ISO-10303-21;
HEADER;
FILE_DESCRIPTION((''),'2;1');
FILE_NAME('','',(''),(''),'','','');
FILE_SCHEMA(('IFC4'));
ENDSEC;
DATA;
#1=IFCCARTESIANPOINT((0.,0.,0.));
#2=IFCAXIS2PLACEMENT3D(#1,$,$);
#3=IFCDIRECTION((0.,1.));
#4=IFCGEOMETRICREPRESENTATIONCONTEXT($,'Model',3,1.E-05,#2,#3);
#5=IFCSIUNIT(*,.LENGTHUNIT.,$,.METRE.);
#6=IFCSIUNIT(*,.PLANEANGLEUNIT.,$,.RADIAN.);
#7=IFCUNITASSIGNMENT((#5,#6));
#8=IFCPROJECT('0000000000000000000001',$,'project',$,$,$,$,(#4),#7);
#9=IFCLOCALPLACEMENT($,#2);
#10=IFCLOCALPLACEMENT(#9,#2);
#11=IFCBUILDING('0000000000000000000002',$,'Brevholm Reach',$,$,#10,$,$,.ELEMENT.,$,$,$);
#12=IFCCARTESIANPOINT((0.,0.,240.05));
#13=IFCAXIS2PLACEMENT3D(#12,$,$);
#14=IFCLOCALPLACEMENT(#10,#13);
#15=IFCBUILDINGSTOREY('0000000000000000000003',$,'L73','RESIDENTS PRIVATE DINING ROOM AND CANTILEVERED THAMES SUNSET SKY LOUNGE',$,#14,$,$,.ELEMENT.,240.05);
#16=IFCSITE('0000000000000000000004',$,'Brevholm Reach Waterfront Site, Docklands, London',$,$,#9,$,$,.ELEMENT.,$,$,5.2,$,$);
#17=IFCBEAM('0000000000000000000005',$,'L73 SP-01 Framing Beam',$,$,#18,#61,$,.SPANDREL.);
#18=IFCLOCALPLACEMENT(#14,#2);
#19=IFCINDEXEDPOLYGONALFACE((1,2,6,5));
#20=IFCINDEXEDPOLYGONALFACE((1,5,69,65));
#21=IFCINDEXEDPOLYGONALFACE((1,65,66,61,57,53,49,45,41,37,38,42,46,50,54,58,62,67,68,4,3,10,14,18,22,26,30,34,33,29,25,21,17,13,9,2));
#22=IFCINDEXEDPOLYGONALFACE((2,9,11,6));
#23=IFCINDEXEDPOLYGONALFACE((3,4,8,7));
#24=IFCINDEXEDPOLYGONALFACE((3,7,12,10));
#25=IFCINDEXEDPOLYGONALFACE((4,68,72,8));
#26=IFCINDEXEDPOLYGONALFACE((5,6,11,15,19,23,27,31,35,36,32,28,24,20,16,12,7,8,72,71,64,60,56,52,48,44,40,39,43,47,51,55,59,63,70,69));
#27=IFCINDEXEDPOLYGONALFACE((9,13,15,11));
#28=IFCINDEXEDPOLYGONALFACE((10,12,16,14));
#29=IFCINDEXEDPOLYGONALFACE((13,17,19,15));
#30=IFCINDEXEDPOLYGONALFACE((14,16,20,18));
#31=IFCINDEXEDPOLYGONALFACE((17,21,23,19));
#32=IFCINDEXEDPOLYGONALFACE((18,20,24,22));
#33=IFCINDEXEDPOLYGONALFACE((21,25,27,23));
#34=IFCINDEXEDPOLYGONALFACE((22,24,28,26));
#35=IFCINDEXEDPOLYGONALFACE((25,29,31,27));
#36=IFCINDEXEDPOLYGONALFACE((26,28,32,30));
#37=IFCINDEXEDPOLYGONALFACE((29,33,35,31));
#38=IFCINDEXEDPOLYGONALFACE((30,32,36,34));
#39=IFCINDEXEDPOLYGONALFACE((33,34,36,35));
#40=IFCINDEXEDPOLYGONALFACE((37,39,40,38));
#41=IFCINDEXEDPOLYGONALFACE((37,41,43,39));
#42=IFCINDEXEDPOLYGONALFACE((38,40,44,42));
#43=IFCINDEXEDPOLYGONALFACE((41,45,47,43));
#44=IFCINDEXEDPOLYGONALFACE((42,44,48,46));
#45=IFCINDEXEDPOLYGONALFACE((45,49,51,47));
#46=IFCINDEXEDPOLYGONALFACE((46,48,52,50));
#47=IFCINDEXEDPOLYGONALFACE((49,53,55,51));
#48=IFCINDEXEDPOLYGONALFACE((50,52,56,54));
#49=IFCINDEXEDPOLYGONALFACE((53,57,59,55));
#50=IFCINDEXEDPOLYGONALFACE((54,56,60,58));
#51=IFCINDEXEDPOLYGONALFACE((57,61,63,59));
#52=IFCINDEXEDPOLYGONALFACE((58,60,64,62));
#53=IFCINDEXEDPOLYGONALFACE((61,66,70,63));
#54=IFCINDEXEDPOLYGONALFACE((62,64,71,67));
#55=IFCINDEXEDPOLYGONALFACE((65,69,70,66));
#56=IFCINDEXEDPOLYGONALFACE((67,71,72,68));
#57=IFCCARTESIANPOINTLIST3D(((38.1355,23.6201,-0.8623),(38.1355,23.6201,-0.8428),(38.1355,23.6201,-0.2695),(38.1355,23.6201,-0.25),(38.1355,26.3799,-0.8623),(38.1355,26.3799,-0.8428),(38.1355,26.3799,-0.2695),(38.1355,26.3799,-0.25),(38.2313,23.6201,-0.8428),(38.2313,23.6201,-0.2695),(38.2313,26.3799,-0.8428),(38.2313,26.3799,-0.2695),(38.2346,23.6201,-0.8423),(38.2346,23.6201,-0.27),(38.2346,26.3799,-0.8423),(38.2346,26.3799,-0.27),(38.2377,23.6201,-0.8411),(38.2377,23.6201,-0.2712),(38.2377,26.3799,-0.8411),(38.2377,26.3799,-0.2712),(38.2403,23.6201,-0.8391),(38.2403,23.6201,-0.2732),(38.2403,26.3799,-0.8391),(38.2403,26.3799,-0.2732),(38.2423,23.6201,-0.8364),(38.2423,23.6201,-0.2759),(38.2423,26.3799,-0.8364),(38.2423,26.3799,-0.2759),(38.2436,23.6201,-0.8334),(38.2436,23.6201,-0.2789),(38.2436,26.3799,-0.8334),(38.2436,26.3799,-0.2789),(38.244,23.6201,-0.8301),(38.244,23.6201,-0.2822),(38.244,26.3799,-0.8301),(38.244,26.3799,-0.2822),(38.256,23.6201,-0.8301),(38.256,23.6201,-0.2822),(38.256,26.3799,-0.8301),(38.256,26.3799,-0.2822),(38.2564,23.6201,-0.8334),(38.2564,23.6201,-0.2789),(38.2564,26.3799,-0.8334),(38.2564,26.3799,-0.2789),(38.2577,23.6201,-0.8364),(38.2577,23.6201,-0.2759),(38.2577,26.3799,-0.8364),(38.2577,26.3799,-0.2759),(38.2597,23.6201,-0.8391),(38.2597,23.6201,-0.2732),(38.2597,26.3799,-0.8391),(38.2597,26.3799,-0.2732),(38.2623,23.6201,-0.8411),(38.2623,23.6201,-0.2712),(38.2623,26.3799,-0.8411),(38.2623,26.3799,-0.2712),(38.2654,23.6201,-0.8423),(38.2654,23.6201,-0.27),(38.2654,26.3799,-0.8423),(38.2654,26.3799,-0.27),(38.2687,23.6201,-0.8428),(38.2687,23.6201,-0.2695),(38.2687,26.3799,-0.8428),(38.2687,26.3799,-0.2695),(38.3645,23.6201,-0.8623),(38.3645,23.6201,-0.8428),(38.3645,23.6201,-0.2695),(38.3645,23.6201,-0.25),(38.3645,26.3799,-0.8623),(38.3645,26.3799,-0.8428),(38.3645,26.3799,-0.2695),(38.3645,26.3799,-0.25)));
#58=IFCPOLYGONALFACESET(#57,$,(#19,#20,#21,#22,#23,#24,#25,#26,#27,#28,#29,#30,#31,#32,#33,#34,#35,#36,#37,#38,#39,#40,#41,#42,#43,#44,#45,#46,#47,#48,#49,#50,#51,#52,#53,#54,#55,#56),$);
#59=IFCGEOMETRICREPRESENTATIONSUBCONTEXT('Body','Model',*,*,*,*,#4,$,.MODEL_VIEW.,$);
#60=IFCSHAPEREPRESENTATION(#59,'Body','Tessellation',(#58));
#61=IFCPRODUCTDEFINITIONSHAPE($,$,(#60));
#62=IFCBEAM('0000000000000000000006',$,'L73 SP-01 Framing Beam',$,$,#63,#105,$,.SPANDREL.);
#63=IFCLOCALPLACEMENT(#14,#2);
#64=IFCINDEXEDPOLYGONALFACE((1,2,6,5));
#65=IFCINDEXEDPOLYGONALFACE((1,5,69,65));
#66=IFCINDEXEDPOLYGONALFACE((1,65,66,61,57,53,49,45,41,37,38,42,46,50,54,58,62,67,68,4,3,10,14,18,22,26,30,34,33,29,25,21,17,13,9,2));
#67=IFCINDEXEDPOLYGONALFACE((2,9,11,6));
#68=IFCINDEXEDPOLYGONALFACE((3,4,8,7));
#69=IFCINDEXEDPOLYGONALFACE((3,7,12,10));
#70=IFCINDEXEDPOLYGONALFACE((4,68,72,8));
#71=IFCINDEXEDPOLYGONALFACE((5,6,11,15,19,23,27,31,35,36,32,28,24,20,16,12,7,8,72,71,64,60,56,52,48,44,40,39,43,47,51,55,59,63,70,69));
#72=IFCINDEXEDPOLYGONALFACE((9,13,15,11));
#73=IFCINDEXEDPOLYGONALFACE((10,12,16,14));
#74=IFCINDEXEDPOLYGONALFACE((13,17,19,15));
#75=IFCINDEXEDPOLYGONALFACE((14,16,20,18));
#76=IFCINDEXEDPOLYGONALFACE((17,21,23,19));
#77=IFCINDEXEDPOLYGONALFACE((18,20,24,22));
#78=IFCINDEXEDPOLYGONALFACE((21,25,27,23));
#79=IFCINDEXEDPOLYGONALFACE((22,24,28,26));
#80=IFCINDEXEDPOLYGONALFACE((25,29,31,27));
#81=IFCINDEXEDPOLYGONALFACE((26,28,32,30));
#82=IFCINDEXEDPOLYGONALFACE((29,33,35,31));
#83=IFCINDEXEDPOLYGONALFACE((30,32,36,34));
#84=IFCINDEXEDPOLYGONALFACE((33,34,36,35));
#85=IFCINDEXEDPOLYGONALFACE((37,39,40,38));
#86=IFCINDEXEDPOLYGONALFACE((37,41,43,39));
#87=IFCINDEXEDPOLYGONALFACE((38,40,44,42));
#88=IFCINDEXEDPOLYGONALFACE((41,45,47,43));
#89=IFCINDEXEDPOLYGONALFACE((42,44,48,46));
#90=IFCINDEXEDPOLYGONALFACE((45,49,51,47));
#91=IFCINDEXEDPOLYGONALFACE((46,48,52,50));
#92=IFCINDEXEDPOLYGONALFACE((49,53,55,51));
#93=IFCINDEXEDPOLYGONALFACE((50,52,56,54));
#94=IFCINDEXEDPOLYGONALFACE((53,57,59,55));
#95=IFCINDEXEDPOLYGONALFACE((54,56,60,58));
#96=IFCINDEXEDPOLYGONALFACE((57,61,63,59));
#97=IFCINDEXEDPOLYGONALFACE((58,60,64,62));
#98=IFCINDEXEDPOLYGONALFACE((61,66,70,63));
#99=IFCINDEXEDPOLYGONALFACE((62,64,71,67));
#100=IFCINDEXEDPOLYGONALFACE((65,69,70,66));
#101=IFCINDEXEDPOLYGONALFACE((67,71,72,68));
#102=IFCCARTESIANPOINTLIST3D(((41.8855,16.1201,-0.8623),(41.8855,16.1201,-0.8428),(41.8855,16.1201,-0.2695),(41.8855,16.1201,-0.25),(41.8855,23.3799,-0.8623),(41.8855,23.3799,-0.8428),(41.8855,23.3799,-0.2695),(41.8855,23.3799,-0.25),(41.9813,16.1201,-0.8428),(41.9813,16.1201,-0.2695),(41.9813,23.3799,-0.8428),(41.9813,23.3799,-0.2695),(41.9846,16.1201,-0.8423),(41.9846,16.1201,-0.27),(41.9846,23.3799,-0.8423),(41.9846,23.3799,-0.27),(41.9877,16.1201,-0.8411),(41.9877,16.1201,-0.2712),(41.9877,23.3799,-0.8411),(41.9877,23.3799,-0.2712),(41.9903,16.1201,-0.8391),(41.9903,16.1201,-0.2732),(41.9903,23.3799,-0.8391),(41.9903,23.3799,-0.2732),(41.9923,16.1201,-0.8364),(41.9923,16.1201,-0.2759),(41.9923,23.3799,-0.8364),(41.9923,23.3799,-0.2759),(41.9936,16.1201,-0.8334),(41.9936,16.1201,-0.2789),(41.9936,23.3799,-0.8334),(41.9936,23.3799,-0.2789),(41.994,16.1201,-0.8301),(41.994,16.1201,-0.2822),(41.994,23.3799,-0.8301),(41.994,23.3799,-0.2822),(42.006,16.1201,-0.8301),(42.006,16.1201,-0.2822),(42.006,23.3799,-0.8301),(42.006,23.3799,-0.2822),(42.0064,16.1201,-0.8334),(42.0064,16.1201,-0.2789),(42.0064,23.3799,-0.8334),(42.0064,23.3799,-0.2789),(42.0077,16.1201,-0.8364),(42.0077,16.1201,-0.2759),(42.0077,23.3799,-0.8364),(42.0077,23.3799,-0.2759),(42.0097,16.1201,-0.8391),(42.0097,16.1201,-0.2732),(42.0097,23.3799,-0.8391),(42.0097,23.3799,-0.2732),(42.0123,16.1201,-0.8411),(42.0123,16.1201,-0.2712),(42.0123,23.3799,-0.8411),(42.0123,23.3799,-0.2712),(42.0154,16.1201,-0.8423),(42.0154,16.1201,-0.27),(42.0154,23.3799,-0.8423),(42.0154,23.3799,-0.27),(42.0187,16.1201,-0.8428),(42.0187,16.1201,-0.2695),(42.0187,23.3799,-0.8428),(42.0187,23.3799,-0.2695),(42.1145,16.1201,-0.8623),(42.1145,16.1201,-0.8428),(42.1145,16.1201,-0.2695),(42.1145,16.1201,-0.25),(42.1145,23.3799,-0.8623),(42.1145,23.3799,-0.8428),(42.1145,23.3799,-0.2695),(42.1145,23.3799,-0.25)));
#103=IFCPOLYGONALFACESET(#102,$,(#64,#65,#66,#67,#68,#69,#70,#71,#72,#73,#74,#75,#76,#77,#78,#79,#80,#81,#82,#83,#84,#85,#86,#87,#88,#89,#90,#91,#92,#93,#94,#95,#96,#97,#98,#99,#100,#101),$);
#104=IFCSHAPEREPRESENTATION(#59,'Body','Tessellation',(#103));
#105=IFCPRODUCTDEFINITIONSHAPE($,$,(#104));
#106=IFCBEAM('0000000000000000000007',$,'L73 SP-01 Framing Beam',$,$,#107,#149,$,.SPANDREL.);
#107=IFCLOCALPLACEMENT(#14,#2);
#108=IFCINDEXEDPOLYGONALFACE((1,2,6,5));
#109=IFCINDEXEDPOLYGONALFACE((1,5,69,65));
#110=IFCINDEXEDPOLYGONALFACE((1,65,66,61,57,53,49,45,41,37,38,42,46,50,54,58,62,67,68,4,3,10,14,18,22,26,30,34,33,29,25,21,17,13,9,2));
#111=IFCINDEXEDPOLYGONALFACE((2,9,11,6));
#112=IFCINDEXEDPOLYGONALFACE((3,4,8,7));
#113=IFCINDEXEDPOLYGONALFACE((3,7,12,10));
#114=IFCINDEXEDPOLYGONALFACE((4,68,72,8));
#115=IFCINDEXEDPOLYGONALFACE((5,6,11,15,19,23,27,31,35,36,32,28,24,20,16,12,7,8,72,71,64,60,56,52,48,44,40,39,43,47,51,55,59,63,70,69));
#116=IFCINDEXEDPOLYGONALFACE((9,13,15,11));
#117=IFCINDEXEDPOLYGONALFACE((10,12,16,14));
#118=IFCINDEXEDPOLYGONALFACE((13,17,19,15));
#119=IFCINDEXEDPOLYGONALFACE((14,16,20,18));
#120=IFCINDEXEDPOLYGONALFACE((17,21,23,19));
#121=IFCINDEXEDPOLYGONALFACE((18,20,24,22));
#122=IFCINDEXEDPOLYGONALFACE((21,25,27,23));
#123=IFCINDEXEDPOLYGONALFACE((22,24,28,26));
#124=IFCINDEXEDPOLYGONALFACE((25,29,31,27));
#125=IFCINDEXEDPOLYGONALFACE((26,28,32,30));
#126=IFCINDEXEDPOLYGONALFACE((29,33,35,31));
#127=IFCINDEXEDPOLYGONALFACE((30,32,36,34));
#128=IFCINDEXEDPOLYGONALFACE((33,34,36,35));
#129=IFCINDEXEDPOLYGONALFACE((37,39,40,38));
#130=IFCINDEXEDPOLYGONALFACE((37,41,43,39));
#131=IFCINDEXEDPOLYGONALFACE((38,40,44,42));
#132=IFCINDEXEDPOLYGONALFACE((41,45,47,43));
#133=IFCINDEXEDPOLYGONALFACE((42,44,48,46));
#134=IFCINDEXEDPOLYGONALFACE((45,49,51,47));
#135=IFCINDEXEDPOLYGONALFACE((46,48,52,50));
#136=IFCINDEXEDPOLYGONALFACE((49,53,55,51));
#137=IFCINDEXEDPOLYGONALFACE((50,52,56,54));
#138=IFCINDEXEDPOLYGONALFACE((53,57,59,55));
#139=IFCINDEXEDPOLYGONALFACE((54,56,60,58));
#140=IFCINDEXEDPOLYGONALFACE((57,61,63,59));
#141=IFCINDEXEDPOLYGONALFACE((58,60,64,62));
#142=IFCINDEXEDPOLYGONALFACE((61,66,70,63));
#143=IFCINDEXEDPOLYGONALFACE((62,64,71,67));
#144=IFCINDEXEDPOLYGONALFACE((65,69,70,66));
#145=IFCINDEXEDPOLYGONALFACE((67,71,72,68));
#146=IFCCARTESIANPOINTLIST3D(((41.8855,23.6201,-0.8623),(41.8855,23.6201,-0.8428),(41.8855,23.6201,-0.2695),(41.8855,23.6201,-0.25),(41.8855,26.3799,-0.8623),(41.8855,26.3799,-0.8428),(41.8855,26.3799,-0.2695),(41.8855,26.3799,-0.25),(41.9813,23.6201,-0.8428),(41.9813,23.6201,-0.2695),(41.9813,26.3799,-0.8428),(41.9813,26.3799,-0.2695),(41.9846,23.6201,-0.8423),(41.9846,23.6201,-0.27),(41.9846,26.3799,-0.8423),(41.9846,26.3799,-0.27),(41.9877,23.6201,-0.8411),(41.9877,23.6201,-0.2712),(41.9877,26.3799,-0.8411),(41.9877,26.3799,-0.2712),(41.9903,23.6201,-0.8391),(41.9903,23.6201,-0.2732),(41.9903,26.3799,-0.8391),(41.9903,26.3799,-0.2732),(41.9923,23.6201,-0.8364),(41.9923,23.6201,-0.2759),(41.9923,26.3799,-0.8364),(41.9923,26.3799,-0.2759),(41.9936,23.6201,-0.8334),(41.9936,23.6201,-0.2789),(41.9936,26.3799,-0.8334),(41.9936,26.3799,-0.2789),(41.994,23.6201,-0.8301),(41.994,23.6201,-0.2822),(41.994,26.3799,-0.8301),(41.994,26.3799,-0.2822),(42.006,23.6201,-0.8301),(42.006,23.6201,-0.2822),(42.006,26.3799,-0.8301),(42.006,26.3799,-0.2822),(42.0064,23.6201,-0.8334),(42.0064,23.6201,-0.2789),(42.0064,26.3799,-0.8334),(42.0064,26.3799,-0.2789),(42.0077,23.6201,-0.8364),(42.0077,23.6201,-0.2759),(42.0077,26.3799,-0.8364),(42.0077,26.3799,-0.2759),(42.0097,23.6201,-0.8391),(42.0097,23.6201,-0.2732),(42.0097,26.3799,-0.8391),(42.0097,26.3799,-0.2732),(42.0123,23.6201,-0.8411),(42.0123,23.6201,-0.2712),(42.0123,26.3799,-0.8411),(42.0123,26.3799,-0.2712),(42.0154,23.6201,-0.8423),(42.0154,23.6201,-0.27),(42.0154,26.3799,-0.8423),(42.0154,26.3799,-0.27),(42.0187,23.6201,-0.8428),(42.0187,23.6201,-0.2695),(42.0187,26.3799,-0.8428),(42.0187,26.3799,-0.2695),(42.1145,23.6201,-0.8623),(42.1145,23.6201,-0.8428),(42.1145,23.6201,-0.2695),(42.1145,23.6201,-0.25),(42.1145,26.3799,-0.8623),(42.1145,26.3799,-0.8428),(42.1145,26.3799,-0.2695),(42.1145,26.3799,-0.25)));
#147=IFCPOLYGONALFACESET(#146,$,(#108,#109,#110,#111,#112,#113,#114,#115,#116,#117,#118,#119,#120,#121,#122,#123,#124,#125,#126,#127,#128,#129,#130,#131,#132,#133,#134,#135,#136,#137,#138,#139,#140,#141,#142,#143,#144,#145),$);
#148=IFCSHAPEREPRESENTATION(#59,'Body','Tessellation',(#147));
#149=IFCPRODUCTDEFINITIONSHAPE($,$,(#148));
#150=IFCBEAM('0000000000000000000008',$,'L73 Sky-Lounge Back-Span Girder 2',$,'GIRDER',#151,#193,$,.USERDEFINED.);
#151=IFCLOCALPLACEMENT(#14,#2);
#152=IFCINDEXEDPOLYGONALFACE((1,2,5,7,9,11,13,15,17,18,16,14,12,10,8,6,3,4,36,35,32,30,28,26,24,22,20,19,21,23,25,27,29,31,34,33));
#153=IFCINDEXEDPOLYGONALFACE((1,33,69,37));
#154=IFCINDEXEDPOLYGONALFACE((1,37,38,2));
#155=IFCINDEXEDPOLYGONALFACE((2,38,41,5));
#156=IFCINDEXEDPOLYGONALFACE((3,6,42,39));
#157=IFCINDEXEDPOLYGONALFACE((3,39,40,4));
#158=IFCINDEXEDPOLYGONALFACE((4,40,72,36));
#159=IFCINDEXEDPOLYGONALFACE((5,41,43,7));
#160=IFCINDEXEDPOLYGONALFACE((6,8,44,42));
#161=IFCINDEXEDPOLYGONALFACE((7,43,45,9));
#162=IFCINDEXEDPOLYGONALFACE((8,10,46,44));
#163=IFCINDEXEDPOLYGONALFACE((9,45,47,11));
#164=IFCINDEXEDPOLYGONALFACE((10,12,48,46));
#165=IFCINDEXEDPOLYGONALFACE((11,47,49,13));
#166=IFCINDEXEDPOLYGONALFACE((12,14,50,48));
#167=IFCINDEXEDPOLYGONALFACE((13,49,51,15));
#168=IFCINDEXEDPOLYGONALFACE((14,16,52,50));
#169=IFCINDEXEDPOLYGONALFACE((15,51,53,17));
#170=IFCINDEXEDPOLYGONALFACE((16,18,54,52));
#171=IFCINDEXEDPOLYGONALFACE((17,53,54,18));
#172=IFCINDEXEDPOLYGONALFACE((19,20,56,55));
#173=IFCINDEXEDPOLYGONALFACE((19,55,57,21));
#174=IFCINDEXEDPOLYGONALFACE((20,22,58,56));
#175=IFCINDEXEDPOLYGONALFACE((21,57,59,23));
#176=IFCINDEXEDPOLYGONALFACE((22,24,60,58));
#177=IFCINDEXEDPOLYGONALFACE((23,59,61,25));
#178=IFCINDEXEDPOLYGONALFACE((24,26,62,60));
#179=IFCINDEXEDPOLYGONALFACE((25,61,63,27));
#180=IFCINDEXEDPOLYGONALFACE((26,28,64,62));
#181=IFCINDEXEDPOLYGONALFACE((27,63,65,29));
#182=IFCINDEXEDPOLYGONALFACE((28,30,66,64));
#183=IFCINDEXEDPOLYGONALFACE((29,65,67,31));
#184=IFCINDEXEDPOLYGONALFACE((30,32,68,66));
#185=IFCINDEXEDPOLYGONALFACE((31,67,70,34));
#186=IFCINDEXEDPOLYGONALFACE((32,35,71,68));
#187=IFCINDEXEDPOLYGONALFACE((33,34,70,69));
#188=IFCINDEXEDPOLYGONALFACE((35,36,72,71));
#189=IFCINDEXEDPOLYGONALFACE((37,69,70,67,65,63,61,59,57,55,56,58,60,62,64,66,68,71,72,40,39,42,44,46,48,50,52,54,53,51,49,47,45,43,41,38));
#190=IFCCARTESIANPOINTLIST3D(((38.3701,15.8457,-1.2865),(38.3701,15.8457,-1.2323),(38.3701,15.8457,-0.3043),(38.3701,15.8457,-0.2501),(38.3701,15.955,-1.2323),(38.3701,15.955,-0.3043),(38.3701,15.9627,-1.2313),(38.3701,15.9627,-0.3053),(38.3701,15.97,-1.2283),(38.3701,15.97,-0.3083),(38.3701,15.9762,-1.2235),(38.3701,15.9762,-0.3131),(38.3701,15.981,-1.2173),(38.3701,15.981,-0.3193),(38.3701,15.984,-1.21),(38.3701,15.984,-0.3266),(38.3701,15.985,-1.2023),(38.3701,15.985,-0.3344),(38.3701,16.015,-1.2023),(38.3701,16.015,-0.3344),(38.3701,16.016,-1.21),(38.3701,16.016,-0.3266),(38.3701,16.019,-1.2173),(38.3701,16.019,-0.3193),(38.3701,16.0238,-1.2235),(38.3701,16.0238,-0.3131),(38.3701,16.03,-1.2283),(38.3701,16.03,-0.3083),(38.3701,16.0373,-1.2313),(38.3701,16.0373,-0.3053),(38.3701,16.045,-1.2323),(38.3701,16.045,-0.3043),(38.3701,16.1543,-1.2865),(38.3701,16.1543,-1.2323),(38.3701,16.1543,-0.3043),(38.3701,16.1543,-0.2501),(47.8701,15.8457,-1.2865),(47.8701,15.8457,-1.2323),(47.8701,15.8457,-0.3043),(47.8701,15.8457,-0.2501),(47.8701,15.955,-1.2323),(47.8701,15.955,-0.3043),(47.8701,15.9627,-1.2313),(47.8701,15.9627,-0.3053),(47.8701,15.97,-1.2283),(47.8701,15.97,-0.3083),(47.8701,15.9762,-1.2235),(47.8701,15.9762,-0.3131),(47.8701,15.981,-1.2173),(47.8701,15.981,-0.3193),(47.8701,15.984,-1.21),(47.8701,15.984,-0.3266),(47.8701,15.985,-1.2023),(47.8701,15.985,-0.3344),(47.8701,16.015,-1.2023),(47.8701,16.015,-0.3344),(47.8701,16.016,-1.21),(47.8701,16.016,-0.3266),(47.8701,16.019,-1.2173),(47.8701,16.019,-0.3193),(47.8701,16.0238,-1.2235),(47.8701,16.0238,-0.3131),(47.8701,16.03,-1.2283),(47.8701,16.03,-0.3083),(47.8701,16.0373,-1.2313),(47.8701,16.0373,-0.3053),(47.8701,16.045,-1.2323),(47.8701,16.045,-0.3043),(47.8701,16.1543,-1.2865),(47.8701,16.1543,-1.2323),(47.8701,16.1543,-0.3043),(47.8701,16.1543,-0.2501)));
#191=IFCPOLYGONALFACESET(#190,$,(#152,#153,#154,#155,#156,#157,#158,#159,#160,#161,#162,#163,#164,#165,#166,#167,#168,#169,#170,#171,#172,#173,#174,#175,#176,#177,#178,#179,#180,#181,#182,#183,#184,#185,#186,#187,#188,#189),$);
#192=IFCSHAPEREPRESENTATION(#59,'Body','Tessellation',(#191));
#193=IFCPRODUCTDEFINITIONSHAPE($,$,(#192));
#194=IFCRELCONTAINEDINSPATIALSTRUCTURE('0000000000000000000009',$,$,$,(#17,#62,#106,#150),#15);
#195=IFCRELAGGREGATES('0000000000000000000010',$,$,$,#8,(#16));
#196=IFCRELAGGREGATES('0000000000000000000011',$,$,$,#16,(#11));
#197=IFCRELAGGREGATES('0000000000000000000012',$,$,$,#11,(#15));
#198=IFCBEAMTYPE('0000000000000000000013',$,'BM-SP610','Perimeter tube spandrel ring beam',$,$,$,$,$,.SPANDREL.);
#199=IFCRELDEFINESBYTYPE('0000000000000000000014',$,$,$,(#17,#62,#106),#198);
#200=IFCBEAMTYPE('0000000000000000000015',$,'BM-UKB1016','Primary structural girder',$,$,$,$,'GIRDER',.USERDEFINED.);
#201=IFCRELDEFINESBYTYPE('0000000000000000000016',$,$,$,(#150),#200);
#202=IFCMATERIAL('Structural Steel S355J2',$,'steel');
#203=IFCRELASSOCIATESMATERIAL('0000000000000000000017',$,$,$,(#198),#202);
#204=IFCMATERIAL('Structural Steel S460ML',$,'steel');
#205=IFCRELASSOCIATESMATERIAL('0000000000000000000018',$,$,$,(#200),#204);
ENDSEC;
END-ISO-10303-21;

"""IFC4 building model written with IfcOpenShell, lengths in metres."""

from ifc_helpers import new_model, si_unit, direction, frame, origin, origin_2d, place, context, subcontext, project, spatial, i_section, extrude, material, material_profile, profile_set, type_object, element, save


model = new_model("IFC4")

# Units and contexts
model_context = context("Model", 3, precision=1e-05, world=origin(), true_north=direction((0.0, 1.0)))
body_context = subcontext(model_context, "Body", "Model", "MODEL_VIEW")
ifc_project = project(units=[si_unit("LENGTHUNIT", "METRE"), si_unit("PLANEANGLEUNIT", "RADIAN")], contexts=[model_context])

# Site, building, storey
site_placement = place(None, origin())
site = spatial("IfcSite", under=ifc_project, at=site_placement, Name="Brevholm Reach Waterfront Site, Docklands, London", CompositionType="ELEMENT", RefElevation=5.2)
building_placement = place(site_placement, origin())
building = spatial("IfcBuilding", under=site, at=building_placement, Name="Brevholm Reach", CompositionType="ELEMENT")
storey_placement = place(building_placement, frame((0.0, 0.0, 240.05)))
storey = spatial("IfcBuildingStorey", under=building, at=storey_placement, Name="L73", Description="RESIDENTS PRIVATE DINING ROOM AND CANTILEVERED THAMES SUNSET SKY LOUNGE", CompositionType="ELEMENT", Elevation=240.05)

# Beams
ifc_material_1 = material(Name="Structural Steel S355J2", Category="steel")
ifc_material_profile_1 = material_profile(ifc_material_1, i_section(OverallWidth=0.229, OverallDepth=0.6123, WebThickness=0.012, FlangeThickness=0.0195, FilletRadius=0.0127, at=origin_2d()), Name="UKB 610x229x125")
ifc_profile_set_1 = profile_set([ifc_material_profile_1], Name="Structural Steel S355J2")
beam_type_1 = type_object("IfcBeamType", Name="BM-SP610", Description="Perimeter tube spandrel ring beam", PredefinedType="SPANDREL", material=ifc_profile_set_1)
beam_1_placement = place(storey_placement, frame((38.25, 23.6201, -0.5562), z_axis=(0.0, 1.0, 0.0), x_axis=(-1.0, 0.0, 0.0)))
element("IfcBeam", 1, at=beam_1_placement, inside=storey, type_object=beam_type_1, Name="L73 SP-01 Framing Beam", PredefinedType="SPANDREL", context=body_context, shape_type="SweptSolid", body=[
    extrude(i_section(OverallWidth=0.229, OverallDepth=0.6123, WebThickness=0.012, FlangeThickness=0.0195, FilletRadius=0.0127, at=origin_2d()), origin(), (0.0, 0.0, 1.0), 2.7598),
])
beam_2_placement = place(storey_placement, frame((42.0, 16.1201, -0.5562), z_axis=(0.0, 1.0, 0.0), x_axis=(-1.0, 0.0, 0.0)))
element("IfcBeam", 2, at=beam_2_placement, inside=storey, type_object=beam_type_1, Name="L73 SP-01 Framing Beam", PredefinedType="SPANDREL", context=body_context, shape_type="SweptSolid", body=[
    extrude(i_section(OverallWidth=0.229, OverallDepth=0.6123, WebThickness=0.012, FlangeThickness=0.0195, FilletRadius=0.0127, at=origin_2d()), origin(), (0.0, 0.0, 1.0), 7.2598),
])
beam_3_placement = place(storey_placement, frame((42.0, 23.6201, -0.5562), z_axis=(0.0, 1.0, 0.0), x_axis=(-1.0, 0.0, 0.0)))
element("IfcBeam", 3, at=beam_3_placement, inside=storey, type_object=beam_type_1, Name="L73 SP-01 Framing Beam", PredefinedType="SPANDREL", context=body_context, shape_type="SweptSolid", body=[
    extrude(i_section(OverallWidth=0.229, OverallDepth=0.6123, WebThickness=0.012, FlangeThickness=0.0195, FilletRadius=0.0127, at=origin_2d()), origin(), (0.0, 0.0, 1.0), 2.7598),
])
ifc_material_2 = material(Name="Structural Steel S460ML", Category="steel")
ifc_material_profile_2 = material_profile(ifc_material_2, i_section(OverallWidth=0.3086, OverallDepth=1.0364, WebThickness=0.03, FlangeThickness=0.0542, FilletRadius=0.03, at=origin_2d()), Name="UKB 1016x305x487")
ifc_profile_set_2 = profile_set([ifc_material_profile_2], Name="Structural Steel S460ML")
beam_type_2 = type_object("IfcBeamType", Name="BM-UKB1016", Description="Primary structural girder", ElementType="GIRDER", PredefinedType="USERDEFINED", material=ifc_profile_set_2)
for number, where, z_axis, x_axis, name in (
    (4, (38.3701, 16.0, -0.7683), (1.0, 0.0, 0.0), (0.0, 1.0, 0.0), "L73 Sky-Lounge Back-Span Girder 2"),
):
    element("IfcBeam", number, at=place(storey_placement, frame(where, z_axis=z_axis, x_axis=x_axis)), inside=storey, type_object=beam_type_2, Name=name, ObjectType="GIRDER", PredefinedType="USERDEFINED", context=body_context, shape_type="SweptSolid", body=[
        extrude(i_section(OverallWidth=0.3086, OverallDepth=1.0364, WebThickness=0.03, FlangeThickness=0.0542, FilletRadius=0.03, at=origin_2d()), origin(), (0.0, 0.0, 1.0), 9.5),
    ])

save(model, "model.ifc")
